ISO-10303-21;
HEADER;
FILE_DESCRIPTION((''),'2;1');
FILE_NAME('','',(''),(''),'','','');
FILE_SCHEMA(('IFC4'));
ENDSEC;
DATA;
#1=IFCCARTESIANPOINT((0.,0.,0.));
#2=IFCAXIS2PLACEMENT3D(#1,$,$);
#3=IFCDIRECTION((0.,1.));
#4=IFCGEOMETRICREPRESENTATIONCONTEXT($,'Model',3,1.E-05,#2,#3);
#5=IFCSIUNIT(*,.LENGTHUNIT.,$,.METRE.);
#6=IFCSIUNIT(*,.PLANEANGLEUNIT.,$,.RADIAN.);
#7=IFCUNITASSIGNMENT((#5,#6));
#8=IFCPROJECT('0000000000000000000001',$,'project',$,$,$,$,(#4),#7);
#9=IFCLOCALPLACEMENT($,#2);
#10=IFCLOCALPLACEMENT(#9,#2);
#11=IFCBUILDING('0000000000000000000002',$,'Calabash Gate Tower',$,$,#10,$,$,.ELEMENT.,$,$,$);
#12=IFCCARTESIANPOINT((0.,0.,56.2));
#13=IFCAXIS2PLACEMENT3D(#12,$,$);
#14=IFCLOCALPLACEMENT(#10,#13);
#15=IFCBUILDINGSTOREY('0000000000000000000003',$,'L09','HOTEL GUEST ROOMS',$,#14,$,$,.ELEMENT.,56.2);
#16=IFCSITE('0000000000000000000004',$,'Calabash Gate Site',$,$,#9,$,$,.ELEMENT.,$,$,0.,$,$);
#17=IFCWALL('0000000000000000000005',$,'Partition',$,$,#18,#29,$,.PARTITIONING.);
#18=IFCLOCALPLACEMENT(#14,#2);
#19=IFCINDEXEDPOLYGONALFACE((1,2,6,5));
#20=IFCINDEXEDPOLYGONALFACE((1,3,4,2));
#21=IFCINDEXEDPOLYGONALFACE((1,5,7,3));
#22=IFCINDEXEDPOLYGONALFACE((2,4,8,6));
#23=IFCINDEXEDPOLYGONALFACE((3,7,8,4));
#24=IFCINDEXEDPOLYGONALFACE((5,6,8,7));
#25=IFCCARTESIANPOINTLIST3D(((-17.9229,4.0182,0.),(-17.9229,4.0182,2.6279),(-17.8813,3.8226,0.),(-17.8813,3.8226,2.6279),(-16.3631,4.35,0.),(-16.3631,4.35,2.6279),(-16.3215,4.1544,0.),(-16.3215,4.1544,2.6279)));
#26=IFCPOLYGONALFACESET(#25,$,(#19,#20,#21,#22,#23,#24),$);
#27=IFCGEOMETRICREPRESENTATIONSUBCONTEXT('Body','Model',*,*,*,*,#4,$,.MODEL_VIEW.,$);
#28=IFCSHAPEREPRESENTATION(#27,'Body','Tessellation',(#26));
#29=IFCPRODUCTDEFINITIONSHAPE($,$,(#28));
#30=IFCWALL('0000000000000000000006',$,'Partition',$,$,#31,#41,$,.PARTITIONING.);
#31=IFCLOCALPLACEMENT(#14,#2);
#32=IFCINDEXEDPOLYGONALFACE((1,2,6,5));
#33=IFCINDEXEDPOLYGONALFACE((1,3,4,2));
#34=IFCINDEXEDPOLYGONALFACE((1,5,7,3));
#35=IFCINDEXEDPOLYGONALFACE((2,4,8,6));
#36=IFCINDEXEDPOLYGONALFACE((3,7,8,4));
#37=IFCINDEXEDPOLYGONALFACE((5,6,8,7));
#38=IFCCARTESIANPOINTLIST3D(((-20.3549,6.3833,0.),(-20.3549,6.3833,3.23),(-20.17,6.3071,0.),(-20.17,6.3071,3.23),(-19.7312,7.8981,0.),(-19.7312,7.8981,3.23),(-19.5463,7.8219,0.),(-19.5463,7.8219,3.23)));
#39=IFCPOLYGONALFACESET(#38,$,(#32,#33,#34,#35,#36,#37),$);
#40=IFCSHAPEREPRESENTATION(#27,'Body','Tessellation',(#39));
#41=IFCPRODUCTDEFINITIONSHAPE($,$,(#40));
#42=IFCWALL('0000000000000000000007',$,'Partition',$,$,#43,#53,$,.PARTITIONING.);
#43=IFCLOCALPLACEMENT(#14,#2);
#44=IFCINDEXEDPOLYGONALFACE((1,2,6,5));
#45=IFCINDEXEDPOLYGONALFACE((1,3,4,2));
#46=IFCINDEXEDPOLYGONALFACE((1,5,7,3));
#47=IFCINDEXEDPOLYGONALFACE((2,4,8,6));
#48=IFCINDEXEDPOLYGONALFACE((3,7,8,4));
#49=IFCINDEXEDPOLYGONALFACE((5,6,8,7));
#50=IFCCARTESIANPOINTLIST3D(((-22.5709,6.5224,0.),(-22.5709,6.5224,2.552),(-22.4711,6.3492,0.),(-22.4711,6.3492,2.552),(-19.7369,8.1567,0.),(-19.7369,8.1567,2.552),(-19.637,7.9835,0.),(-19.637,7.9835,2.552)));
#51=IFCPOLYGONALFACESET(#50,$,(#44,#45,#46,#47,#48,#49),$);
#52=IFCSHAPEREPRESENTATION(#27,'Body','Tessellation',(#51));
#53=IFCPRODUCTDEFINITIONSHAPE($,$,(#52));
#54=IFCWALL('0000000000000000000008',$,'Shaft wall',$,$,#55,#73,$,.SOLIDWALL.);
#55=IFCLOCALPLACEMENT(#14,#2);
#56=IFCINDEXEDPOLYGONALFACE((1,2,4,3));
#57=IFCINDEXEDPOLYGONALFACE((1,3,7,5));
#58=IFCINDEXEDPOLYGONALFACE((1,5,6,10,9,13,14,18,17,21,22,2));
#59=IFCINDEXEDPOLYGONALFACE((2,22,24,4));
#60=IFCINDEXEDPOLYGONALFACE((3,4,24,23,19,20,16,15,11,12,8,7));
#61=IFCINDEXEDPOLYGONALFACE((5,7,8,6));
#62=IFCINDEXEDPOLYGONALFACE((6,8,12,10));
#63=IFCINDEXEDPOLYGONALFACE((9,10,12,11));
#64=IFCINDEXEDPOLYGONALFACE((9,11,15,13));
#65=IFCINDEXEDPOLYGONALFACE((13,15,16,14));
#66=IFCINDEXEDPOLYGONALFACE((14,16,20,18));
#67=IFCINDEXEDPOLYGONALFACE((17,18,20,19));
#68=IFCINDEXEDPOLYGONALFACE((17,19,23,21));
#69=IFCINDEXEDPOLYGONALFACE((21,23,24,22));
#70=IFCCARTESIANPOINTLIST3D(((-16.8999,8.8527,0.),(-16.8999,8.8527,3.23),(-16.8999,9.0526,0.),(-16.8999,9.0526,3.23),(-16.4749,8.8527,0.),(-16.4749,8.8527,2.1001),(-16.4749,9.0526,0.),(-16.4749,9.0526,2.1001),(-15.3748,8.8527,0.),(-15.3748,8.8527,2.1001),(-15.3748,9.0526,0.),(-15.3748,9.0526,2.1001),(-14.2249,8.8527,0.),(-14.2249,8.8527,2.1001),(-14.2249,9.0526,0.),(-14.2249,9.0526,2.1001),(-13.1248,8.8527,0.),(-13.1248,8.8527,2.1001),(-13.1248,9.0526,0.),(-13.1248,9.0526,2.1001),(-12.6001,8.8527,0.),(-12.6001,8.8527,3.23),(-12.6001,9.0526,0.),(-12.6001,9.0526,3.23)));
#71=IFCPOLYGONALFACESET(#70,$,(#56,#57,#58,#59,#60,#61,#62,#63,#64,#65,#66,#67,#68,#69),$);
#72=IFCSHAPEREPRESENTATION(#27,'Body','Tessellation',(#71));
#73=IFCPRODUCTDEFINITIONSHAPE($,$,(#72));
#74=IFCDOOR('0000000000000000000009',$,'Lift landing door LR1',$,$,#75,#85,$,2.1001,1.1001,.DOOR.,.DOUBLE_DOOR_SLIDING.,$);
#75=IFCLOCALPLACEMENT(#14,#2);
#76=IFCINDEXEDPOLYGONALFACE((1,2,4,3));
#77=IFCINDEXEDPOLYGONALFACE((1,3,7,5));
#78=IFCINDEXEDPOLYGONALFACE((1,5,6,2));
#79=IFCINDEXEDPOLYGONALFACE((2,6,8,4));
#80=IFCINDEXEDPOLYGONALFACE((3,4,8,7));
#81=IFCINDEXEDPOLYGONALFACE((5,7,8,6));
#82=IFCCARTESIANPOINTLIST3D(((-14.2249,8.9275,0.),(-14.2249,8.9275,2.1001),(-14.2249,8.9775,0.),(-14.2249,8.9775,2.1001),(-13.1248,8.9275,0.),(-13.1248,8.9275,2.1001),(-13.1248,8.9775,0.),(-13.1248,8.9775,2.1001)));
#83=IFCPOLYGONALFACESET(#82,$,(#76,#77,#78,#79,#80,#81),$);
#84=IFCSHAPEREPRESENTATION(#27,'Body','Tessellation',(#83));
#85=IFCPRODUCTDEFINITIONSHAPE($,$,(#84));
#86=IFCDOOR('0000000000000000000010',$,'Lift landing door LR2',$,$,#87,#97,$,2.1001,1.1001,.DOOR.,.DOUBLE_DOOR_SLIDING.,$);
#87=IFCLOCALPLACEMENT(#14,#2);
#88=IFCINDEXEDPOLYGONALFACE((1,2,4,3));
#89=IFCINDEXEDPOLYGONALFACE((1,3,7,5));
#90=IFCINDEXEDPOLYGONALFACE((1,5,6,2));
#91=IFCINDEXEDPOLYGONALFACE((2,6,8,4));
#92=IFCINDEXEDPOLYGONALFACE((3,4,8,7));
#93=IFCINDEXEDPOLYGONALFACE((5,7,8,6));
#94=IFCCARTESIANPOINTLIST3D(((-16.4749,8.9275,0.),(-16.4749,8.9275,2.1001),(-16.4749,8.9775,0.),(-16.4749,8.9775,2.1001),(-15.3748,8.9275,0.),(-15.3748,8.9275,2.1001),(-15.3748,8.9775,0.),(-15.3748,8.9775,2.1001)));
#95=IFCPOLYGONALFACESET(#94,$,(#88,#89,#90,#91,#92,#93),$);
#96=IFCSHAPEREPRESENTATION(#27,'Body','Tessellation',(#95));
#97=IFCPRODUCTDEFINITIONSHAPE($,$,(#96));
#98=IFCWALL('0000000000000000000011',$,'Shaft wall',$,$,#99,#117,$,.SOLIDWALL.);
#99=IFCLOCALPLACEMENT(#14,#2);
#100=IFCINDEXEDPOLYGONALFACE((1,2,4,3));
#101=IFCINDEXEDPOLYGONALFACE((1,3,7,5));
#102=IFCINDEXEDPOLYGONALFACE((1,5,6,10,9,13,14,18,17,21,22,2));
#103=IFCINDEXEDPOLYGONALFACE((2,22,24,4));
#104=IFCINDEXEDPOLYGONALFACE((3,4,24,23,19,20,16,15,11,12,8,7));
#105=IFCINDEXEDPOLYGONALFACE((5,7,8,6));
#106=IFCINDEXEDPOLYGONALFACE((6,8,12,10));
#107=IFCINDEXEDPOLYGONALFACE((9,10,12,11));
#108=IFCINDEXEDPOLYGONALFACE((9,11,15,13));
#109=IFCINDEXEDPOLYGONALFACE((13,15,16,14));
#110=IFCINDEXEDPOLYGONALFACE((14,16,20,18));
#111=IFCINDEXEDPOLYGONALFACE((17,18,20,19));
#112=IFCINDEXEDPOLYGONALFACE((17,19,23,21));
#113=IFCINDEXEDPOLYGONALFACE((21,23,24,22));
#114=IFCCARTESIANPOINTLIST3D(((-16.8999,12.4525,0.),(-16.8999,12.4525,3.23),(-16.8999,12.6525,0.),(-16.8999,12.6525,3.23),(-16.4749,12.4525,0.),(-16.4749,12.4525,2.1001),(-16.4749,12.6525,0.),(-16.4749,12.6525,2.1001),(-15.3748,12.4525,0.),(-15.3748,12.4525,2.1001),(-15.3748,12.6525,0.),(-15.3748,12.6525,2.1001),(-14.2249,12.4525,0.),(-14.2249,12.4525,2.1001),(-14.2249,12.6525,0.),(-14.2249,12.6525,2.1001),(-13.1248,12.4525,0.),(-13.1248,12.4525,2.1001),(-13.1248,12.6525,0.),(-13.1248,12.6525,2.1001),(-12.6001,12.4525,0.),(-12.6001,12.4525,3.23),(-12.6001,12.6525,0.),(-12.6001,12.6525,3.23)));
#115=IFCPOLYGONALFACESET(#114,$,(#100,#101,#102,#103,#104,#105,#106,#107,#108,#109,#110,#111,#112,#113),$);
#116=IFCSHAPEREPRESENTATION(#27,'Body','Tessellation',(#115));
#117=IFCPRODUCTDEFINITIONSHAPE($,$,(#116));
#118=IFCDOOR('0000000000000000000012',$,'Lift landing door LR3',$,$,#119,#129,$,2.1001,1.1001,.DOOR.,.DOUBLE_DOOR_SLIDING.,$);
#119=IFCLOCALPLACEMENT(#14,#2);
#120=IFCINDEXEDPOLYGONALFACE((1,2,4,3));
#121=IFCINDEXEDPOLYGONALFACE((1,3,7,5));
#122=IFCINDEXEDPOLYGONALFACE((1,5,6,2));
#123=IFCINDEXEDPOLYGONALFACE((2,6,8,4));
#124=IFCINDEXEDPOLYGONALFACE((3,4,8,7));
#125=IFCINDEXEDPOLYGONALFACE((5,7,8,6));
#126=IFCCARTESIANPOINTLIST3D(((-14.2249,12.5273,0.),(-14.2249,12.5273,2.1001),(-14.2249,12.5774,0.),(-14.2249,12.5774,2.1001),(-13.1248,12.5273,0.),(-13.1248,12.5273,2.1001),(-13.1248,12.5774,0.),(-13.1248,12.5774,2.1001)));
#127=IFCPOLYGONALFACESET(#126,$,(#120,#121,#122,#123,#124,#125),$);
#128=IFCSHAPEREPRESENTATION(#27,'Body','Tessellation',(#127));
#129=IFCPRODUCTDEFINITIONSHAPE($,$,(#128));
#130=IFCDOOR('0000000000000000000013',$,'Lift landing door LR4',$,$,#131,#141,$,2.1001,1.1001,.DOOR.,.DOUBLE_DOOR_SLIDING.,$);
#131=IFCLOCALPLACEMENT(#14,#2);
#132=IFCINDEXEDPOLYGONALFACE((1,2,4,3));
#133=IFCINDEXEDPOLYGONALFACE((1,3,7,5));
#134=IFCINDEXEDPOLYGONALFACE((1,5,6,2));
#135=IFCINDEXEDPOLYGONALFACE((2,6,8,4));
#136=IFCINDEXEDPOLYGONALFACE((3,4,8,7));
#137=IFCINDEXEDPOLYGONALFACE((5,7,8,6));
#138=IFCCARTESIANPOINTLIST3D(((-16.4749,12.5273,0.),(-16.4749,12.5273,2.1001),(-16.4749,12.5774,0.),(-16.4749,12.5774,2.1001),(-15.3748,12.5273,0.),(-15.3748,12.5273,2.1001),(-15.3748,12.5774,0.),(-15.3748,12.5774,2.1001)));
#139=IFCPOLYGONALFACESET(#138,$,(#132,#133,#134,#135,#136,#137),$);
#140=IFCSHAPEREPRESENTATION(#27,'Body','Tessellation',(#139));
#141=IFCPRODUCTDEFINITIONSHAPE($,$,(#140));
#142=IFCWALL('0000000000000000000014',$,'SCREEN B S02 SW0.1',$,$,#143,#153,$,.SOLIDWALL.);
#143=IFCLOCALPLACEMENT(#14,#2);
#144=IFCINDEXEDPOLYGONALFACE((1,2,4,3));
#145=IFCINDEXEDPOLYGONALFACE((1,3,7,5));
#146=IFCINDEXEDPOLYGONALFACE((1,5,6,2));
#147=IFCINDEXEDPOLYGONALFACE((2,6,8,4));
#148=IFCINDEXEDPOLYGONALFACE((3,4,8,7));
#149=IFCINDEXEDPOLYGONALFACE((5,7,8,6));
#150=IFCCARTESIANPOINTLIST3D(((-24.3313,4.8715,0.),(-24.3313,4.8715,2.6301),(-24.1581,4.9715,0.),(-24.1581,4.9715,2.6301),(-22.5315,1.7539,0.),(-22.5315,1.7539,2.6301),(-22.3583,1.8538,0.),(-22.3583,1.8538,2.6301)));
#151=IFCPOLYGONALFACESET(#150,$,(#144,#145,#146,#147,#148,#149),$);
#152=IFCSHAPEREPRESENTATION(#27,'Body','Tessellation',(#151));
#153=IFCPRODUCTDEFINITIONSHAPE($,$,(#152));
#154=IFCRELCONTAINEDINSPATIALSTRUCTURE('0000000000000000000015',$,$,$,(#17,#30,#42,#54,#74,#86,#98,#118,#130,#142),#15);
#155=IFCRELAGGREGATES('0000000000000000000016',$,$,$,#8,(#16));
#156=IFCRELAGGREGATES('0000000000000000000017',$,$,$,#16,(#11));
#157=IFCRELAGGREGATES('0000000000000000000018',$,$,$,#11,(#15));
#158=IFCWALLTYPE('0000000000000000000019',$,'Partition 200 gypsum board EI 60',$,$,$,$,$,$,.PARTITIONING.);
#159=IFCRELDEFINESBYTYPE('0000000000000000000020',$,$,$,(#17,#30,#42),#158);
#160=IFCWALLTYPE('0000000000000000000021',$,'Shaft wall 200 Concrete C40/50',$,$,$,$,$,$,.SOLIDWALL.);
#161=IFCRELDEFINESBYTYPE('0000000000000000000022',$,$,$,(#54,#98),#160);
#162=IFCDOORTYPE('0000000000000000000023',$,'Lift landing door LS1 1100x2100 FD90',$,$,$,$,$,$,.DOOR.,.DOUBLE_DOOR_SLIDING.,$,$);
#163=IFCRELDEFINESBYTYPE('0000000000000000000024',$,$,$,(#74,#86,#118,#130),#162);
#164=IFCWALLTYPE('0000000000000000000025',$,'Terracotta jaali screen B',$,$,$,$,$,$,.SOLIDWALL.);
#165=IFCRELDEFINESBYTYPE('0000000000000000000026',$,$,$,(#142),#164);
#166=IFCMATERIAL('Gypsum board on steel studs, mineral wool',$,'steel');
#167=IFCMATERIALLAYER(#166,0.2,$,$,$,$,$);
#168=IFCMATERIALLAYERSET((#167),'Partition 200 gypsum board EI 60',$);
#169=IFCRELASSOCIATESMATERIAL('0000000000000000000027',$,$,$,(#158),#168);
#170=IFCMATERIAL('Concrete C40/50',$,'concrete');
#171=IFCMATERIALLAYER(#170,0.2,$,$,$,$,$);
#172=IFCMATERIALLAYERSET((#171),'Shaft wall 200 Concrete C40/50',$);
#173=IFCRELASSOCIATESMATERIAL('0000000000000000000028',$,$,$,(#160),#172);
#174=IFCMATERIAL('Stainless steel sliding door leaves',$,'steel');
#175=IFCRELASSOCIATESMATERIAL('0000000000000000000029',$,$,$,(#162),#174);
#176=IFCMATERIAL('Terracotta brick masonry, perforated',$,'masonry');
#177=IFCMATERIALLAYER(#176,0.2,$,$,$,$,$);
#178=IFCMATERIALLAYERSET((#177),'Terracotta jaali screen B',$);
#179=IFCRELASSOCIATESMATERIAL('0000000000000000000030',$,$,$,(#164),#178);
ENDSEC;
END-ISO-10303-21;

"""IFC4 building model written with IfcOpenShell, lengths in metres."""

from ifc_helpers import new_model, si_unit, direction, frame, frame_2d, origin, place, context, subcontext, project, spatial, rectangle, extrude, material, layer, layer_set, type_object, element, fill, save


model = new_model("IFC4")

# Units and contexts
model_context = context("Model", 3, precision=1e-05, world=origin(), true_north=direction((0.0, 1.0)))
body_context = subcontext(model_context, "Body", "Model", "MODEL_VIEW")
ifc_project = project(units=[si_unit("LENGTHUNIT", "METRE"), si_unit("PLANEANGLEUNIT", "RADIAN")], contexts=[model_context])

# Site, building, storey
site_placement = place(None, origin())
site = spatial("IfcSite", under=ifc_project, at=site_placement, Name="Calabash Gate Site", CompositionType="ELEMENT", RefElevation=0.0)
building_placement = place(site_placement, origin())
building = spatial("IfcBuilding", under=site, at=building_placement, Name="Calabash Gate Tower", CompositionType="ELEMENT")
storey_placement = place(building_placement, frame((0.0, 0.0, 56.2)))
storey = spatial("IfcBuildingStorey", under=building, at=storey_placement, Name="L09", Description="HOTEL GUEST ROOMS", CompositionType="ELEMENT", Elevation=56.2)

# Shared definitions
ifc_material_1 = material(Name="Gypsum board on steel studs, mineral wool", Category="steel")
ifc_layer_1 = layer(ifc_material_1, 0.2)
ifc_layer_set_1 = layer_set([ifc_layer_1], Name="Partition 200 gypsum board EI 60")
wall_type_1 = type_object("IfcWallType", Name="Partition 200 gypsum board EI 60", PredefinedType="PARTITIONING", material=ifc_layer_set_1)

# Walls
wall_1_placement = place(storey_placement, frame((-17.9021, 3.9204, 0.0), z_axis=(0.0, 0.0, 1.0), x_axis=(0.978117, 0.208055, 0.0)))
element("IfcWall", 1, at=wall_1_placement, inside=storey, type_object=wall_type_1, Name="Partition", PredefinedType="PARTITIONING", context=body_context, shape_type="SweptSolid", body=[
    extrude(rectangle(XDim=1.5947, YDim=0.2, at=frame_2d((0.7974, 0.0))), origin(), (0.0, 0.0, 1.0), 2.6279),
])
wall_2_placement = place(storey_placement, frame((-20.2625, 6.3452, 0.0), z_axis=(0.0, 0.0, 1.0), x_axis=(0.38075, 0.924678, 0.0)))
element("IfcWall", 2, at=wall_2_placement, inside=storey, type_object=wall_type_1, Name="Partition", PredefinedType="PARTITIONING", context=body_context, shape_type="SweptSolid", body=[
    extrude(rectangle(XDim=1.6382, YDim=0.2, at=frame_2d((0.8191, 0.0))), origin(), (0.0, 0.0, 1.0), 3.23),
])
wall_3_placement = place(storey_placement, frame((-22.521, 6.4358, 0.0), z_axis=(0.0, 0.0, 1.0), x_axis=(0.86628, 0.499559, 0.0)))
element("IfcWall", 3, at=wall_3_placement, inside=storey, type_object=wall_type_1, Name="Partition", PredefinedType="PARTITIONING", context=body_context, shape_type="SweptSolid", body=[
    extrude(rectangle(XDim=3.2715, YDim=0.2, at=frame_2d((1.6357, 0.0))), origin(), (0.0, 0.0, 1.0), 2.552),
])

# Walls, openings, doors
ifc_material_2 = material(Name="Concrete C40/50", Category="concrete")
ifc_layer_2 = layer(ifc_material_2, 0.2)
ifc_layer_set_2 = layer_set([ifc_layer_2], Name="Shaft wall 200 Concrete C40/50")
wall_type_2 = type_object("IfcWallType", Name="Shaft wall 200 Concrete C40/50", PredefinedType="SOLIDWALL", material=ifc_layer_set_2)
wall_4_placement = place(storey_placement, frame((-16.8999, 8.9526, 0.0), z_axis=(0.0, 0.0, 1.0), x_axis=(1.0, 0.0, 0.0)))
wall_4 = element("IfcWall", 4, at=wall_4_placement, inside=storey, type_object=wall_type_2, Name="Shaft wall", PredefinedType="SOLIDWALL", context=body_context, shape_type="SweptSolid", body=[
    extrude(rectangle(XDim=4.2998, YDim=0.2, at=frame_2d((2.1499, 0.0))), origin(), (0.0, 0.0, 1.0), 3.23),
])
opening_1_placement = place(wall_4_placement, frame((2.675, 0.0, 0.0)))
opening_1 = element("IfcOpeningElement", 5, at=opening_1_placement, cuts=wall_4, PredefinedType="OPENING", context=body_context, shape_type="SweptSolid", body=[
    extrude(rectangle(XDim=1.1001, YDim=2.1001, at=frame_2d((0.55, 1.05))), frame((0.0, 0.1099, 0.0), z_axis=(0.0, -1.0, 0.0), x_axis=(1.0, 0.0, 0.0)), (0.0, 0.0, 1.0), 0.22),
])
opening_2_placement = place(wall_4_placement, frame((0.425, 0.0, 0.0)))
opening_2 = element("IfcOpeningElement", 6, at=opening_2_placement, cuts=wall_4, PredefinedType="OPENING", context=body_context, shape_type="SweptSolid", body=[
    extrude(rectangle(XDim=1.1001, YDim=2.1001, at=frame_2d((0.55, 1.05))), frame((0.0, 0.1099, 0.0), z_axis=(0.0, -1.0, 0.0), x_axis=(1.0, 0.0, 0.0)), (0.0, 0.0, 1.0), 0.22),
])
ifc_material_3 = material(Name="Stainless steel sliding door leaves", Category="steel")
door_type_1 = type_object("IfcDoorType", Name="Lift landing door LS1 1100x2100 FD90", OperationType="DOUBLE_DOOR_SLIDING", PredefinedType="DOOR", material=ifc_material_3)
door_1_placement = place(opening_1_placement, origin())
door_1 = element("IfcDoor", 7, at=door_1_placement, inside=storey, type_object=door_type_1, Name="Lift landing door LR1", OperationType="DOUBLE_DOOR_SLIDING", OverallHeight=2.1001, OverallWidth=1.1001, PredefinedType="DOOR", context=body_context, shape_type="SweptSolid", body=[
    extrude(rectangle(XDim=1.1001, YDim=2.1001, at=frame_2d((0.55, 1.05))), frame((0.0, 0.0249, 0.0), z_axis=(0.0, -1.0, 0.0), x_axis=(1.0, 0.0, 0.0)), (0.0, 0.0, 1.0), 0.05),
])
fill(opening_1, door_1)
door_2_placement = place(opening_2_placement, origin())
door_2 = element("IfcDoor", 8, at=door_2_placement, inside=storey, type_object=door_type_1, Name="Lift landing door LR2", OperationType="DOUBLE_DOOR_SLIDING", OverallHeight=2.1001, OverallWidth=1.1001, PredefinedType="DOOR", context=body_context, shape_type="SweptSolid", body=[
    extrude(rectangle(XDim=1.1001, YDim=2.1001, at=frame_2d((0.55, 1.05))), frame((0.0, 0.0249, 0.0), z_axis=(0.0, -1.0, 0.0), x_axis=(1.0, 0.0, 0.0)), (0.0, 0.0, 1.0), 0.05),
])
fill(opening_2, door_2)
wall_5_placement = place(storey_placement, frame((-16.8999, 12.5525, 0.0), z_axis=(0.0, 0.0, 1.0), x_axis=(1.0, 0.0, 0.0)))
wall_5 = element("IfcWall", 9, at=wall_5_placement, inside=storey, type_object=wall_type_2, Name="Shaft wall", PredefinedType="SOLIDWALL", context=body_context, shape_type="SweptSolid", body=[
    extrude(rectangle(XDim=4.2998, YDim=0.2, at=frame_2d((2.1499, 0.0))), origin(), (0.0, 0.0, 1.0), 3.23),
])
opening_3_placement = place(wall_5_placement, frame((2.675, 0.0, 0.0)))
opening_3 = element("IfcOpeningElement", 10, at=opening_3_placement, cuts=wall_5, PredefinedType="OPENING", context=body_context, shape_type="SweptSolid", body=[
    extrude(rectangle(XDim=1.1001, YDim=2.1001, at=frame_2d((0.55, 1.05))), frame((0.0, 0.1099, 0.0), z_axis=(0.0, -1.0, 0.0), x_axis=(1.0, 0.0, 0.0)), (0.0, 0.0, 1.0), 0.22),
])
opening_4_placement = place(wall_5_placement, frame((0.425, 0.0, 0.0)))
opening_4 = element("IfcOpeningElement", 11, at=opening_4_placement, cuts=wall_5, PredefinedType="OPENING", context=body_context, shape_type="SweptSolid", body=[
    extrude(rectangle(XDim=1.1001, YDim=2.1001, at=frame_2d((0.55, 1.05))), frame((0.0, 0.1099, 0.0), z_axis=(0.0, -1.0, 0.0), x_axis=(1.0, 0.0, 0.0)), (0.0, 0.0, 1.0), 0.22),
])
door_3_placement = place(opening_3_placement, origin())
door_3 = element("IfcDoor", 12, at=door_3_placement, inside=storey, type_object=door_type_1, Name="Lift landing door LR3", OperationType="DOUBLE_DOOR_SLIDING", OverallHeight=2.1001, OverallWidth=1.1001, PredefinedType="DOOR", context=body_context, shape_type="SweptSolid", body=[
    extrude(rectangle(XDim=1.1001, YDim=2.1001, at=frame_2d((0.55, 1.05))), frame((0.0, 0.0249, 0.0), z_axis=(0.0, -1.0, 0.0), x_axis=(1.0, 0.0, 0.0)), (0.0, 0.0, 1.0), 0.05),
])
fill(opening_3, door_3)
door_4_placement = place(opening_4_placement, origin())
door_4 = element("IfcDoor", 13, at=door_4_placement, inside=storey, type_object=door_type_1, Name="Lift landing door LR4", OperationType="DOUBLE_DOOR_SLIDING", OverallHeight=2.1001, OverallWidth=1.1001, PredefinedType="DOOR", context=body_context, shape_type="SweptSolid", body=[
    extrude(rectangle(XDim=1.1001, YDim=2.1001, at=frame_2d((0.55, 1.05))), frame((0.0, 0.0249, 0.0), z_axis=(0.0, -1.0, 0.0), x_axis=(1.0, 0.0, 0.0)), (0.0, 0.0, 1.0), 0.05),
])
fill(opening_4, door_4)

# Wall
ifc_material_4 = material(Name="Terracotta brick masonry, perforated", Category="masonry")
ifc_layer_3 = layer(ifc_material_4, 0.2)
ifc_layer_set_3 = layer_set([ifc_layer_3], Name="Terracotta jaali screen B")
wall_type_3 = type_object("IfcWallType", Name="Terracotta jaali screen B", PredefinedType="SOLIDWALL", material=ifc_layer_set_3)
wall_6_placement = place(storey_placement, frame((-24.2446, 4.9214, 0.0), z_axis=(0.0, 0.0, 1.0), x_axis=(0.499961, -0.866048, 0.0)))
element("IfcWall", 14, at=wall_6_placement, inside=storey, type_object=wall_type_3, Name="SCREEN B S02 SW0.1", PredefinedType="SOLIDWALL", context=body_context, shape_type="SweptSolid", body=[
    extrude(rectangle(XDim=3.5999, YDim=0.2, at=frame_2d((1.7998, 0.0))), origin(), (0.0, 0.0, 1.0), 2.6301),
])

save(model, "model.ifc")
